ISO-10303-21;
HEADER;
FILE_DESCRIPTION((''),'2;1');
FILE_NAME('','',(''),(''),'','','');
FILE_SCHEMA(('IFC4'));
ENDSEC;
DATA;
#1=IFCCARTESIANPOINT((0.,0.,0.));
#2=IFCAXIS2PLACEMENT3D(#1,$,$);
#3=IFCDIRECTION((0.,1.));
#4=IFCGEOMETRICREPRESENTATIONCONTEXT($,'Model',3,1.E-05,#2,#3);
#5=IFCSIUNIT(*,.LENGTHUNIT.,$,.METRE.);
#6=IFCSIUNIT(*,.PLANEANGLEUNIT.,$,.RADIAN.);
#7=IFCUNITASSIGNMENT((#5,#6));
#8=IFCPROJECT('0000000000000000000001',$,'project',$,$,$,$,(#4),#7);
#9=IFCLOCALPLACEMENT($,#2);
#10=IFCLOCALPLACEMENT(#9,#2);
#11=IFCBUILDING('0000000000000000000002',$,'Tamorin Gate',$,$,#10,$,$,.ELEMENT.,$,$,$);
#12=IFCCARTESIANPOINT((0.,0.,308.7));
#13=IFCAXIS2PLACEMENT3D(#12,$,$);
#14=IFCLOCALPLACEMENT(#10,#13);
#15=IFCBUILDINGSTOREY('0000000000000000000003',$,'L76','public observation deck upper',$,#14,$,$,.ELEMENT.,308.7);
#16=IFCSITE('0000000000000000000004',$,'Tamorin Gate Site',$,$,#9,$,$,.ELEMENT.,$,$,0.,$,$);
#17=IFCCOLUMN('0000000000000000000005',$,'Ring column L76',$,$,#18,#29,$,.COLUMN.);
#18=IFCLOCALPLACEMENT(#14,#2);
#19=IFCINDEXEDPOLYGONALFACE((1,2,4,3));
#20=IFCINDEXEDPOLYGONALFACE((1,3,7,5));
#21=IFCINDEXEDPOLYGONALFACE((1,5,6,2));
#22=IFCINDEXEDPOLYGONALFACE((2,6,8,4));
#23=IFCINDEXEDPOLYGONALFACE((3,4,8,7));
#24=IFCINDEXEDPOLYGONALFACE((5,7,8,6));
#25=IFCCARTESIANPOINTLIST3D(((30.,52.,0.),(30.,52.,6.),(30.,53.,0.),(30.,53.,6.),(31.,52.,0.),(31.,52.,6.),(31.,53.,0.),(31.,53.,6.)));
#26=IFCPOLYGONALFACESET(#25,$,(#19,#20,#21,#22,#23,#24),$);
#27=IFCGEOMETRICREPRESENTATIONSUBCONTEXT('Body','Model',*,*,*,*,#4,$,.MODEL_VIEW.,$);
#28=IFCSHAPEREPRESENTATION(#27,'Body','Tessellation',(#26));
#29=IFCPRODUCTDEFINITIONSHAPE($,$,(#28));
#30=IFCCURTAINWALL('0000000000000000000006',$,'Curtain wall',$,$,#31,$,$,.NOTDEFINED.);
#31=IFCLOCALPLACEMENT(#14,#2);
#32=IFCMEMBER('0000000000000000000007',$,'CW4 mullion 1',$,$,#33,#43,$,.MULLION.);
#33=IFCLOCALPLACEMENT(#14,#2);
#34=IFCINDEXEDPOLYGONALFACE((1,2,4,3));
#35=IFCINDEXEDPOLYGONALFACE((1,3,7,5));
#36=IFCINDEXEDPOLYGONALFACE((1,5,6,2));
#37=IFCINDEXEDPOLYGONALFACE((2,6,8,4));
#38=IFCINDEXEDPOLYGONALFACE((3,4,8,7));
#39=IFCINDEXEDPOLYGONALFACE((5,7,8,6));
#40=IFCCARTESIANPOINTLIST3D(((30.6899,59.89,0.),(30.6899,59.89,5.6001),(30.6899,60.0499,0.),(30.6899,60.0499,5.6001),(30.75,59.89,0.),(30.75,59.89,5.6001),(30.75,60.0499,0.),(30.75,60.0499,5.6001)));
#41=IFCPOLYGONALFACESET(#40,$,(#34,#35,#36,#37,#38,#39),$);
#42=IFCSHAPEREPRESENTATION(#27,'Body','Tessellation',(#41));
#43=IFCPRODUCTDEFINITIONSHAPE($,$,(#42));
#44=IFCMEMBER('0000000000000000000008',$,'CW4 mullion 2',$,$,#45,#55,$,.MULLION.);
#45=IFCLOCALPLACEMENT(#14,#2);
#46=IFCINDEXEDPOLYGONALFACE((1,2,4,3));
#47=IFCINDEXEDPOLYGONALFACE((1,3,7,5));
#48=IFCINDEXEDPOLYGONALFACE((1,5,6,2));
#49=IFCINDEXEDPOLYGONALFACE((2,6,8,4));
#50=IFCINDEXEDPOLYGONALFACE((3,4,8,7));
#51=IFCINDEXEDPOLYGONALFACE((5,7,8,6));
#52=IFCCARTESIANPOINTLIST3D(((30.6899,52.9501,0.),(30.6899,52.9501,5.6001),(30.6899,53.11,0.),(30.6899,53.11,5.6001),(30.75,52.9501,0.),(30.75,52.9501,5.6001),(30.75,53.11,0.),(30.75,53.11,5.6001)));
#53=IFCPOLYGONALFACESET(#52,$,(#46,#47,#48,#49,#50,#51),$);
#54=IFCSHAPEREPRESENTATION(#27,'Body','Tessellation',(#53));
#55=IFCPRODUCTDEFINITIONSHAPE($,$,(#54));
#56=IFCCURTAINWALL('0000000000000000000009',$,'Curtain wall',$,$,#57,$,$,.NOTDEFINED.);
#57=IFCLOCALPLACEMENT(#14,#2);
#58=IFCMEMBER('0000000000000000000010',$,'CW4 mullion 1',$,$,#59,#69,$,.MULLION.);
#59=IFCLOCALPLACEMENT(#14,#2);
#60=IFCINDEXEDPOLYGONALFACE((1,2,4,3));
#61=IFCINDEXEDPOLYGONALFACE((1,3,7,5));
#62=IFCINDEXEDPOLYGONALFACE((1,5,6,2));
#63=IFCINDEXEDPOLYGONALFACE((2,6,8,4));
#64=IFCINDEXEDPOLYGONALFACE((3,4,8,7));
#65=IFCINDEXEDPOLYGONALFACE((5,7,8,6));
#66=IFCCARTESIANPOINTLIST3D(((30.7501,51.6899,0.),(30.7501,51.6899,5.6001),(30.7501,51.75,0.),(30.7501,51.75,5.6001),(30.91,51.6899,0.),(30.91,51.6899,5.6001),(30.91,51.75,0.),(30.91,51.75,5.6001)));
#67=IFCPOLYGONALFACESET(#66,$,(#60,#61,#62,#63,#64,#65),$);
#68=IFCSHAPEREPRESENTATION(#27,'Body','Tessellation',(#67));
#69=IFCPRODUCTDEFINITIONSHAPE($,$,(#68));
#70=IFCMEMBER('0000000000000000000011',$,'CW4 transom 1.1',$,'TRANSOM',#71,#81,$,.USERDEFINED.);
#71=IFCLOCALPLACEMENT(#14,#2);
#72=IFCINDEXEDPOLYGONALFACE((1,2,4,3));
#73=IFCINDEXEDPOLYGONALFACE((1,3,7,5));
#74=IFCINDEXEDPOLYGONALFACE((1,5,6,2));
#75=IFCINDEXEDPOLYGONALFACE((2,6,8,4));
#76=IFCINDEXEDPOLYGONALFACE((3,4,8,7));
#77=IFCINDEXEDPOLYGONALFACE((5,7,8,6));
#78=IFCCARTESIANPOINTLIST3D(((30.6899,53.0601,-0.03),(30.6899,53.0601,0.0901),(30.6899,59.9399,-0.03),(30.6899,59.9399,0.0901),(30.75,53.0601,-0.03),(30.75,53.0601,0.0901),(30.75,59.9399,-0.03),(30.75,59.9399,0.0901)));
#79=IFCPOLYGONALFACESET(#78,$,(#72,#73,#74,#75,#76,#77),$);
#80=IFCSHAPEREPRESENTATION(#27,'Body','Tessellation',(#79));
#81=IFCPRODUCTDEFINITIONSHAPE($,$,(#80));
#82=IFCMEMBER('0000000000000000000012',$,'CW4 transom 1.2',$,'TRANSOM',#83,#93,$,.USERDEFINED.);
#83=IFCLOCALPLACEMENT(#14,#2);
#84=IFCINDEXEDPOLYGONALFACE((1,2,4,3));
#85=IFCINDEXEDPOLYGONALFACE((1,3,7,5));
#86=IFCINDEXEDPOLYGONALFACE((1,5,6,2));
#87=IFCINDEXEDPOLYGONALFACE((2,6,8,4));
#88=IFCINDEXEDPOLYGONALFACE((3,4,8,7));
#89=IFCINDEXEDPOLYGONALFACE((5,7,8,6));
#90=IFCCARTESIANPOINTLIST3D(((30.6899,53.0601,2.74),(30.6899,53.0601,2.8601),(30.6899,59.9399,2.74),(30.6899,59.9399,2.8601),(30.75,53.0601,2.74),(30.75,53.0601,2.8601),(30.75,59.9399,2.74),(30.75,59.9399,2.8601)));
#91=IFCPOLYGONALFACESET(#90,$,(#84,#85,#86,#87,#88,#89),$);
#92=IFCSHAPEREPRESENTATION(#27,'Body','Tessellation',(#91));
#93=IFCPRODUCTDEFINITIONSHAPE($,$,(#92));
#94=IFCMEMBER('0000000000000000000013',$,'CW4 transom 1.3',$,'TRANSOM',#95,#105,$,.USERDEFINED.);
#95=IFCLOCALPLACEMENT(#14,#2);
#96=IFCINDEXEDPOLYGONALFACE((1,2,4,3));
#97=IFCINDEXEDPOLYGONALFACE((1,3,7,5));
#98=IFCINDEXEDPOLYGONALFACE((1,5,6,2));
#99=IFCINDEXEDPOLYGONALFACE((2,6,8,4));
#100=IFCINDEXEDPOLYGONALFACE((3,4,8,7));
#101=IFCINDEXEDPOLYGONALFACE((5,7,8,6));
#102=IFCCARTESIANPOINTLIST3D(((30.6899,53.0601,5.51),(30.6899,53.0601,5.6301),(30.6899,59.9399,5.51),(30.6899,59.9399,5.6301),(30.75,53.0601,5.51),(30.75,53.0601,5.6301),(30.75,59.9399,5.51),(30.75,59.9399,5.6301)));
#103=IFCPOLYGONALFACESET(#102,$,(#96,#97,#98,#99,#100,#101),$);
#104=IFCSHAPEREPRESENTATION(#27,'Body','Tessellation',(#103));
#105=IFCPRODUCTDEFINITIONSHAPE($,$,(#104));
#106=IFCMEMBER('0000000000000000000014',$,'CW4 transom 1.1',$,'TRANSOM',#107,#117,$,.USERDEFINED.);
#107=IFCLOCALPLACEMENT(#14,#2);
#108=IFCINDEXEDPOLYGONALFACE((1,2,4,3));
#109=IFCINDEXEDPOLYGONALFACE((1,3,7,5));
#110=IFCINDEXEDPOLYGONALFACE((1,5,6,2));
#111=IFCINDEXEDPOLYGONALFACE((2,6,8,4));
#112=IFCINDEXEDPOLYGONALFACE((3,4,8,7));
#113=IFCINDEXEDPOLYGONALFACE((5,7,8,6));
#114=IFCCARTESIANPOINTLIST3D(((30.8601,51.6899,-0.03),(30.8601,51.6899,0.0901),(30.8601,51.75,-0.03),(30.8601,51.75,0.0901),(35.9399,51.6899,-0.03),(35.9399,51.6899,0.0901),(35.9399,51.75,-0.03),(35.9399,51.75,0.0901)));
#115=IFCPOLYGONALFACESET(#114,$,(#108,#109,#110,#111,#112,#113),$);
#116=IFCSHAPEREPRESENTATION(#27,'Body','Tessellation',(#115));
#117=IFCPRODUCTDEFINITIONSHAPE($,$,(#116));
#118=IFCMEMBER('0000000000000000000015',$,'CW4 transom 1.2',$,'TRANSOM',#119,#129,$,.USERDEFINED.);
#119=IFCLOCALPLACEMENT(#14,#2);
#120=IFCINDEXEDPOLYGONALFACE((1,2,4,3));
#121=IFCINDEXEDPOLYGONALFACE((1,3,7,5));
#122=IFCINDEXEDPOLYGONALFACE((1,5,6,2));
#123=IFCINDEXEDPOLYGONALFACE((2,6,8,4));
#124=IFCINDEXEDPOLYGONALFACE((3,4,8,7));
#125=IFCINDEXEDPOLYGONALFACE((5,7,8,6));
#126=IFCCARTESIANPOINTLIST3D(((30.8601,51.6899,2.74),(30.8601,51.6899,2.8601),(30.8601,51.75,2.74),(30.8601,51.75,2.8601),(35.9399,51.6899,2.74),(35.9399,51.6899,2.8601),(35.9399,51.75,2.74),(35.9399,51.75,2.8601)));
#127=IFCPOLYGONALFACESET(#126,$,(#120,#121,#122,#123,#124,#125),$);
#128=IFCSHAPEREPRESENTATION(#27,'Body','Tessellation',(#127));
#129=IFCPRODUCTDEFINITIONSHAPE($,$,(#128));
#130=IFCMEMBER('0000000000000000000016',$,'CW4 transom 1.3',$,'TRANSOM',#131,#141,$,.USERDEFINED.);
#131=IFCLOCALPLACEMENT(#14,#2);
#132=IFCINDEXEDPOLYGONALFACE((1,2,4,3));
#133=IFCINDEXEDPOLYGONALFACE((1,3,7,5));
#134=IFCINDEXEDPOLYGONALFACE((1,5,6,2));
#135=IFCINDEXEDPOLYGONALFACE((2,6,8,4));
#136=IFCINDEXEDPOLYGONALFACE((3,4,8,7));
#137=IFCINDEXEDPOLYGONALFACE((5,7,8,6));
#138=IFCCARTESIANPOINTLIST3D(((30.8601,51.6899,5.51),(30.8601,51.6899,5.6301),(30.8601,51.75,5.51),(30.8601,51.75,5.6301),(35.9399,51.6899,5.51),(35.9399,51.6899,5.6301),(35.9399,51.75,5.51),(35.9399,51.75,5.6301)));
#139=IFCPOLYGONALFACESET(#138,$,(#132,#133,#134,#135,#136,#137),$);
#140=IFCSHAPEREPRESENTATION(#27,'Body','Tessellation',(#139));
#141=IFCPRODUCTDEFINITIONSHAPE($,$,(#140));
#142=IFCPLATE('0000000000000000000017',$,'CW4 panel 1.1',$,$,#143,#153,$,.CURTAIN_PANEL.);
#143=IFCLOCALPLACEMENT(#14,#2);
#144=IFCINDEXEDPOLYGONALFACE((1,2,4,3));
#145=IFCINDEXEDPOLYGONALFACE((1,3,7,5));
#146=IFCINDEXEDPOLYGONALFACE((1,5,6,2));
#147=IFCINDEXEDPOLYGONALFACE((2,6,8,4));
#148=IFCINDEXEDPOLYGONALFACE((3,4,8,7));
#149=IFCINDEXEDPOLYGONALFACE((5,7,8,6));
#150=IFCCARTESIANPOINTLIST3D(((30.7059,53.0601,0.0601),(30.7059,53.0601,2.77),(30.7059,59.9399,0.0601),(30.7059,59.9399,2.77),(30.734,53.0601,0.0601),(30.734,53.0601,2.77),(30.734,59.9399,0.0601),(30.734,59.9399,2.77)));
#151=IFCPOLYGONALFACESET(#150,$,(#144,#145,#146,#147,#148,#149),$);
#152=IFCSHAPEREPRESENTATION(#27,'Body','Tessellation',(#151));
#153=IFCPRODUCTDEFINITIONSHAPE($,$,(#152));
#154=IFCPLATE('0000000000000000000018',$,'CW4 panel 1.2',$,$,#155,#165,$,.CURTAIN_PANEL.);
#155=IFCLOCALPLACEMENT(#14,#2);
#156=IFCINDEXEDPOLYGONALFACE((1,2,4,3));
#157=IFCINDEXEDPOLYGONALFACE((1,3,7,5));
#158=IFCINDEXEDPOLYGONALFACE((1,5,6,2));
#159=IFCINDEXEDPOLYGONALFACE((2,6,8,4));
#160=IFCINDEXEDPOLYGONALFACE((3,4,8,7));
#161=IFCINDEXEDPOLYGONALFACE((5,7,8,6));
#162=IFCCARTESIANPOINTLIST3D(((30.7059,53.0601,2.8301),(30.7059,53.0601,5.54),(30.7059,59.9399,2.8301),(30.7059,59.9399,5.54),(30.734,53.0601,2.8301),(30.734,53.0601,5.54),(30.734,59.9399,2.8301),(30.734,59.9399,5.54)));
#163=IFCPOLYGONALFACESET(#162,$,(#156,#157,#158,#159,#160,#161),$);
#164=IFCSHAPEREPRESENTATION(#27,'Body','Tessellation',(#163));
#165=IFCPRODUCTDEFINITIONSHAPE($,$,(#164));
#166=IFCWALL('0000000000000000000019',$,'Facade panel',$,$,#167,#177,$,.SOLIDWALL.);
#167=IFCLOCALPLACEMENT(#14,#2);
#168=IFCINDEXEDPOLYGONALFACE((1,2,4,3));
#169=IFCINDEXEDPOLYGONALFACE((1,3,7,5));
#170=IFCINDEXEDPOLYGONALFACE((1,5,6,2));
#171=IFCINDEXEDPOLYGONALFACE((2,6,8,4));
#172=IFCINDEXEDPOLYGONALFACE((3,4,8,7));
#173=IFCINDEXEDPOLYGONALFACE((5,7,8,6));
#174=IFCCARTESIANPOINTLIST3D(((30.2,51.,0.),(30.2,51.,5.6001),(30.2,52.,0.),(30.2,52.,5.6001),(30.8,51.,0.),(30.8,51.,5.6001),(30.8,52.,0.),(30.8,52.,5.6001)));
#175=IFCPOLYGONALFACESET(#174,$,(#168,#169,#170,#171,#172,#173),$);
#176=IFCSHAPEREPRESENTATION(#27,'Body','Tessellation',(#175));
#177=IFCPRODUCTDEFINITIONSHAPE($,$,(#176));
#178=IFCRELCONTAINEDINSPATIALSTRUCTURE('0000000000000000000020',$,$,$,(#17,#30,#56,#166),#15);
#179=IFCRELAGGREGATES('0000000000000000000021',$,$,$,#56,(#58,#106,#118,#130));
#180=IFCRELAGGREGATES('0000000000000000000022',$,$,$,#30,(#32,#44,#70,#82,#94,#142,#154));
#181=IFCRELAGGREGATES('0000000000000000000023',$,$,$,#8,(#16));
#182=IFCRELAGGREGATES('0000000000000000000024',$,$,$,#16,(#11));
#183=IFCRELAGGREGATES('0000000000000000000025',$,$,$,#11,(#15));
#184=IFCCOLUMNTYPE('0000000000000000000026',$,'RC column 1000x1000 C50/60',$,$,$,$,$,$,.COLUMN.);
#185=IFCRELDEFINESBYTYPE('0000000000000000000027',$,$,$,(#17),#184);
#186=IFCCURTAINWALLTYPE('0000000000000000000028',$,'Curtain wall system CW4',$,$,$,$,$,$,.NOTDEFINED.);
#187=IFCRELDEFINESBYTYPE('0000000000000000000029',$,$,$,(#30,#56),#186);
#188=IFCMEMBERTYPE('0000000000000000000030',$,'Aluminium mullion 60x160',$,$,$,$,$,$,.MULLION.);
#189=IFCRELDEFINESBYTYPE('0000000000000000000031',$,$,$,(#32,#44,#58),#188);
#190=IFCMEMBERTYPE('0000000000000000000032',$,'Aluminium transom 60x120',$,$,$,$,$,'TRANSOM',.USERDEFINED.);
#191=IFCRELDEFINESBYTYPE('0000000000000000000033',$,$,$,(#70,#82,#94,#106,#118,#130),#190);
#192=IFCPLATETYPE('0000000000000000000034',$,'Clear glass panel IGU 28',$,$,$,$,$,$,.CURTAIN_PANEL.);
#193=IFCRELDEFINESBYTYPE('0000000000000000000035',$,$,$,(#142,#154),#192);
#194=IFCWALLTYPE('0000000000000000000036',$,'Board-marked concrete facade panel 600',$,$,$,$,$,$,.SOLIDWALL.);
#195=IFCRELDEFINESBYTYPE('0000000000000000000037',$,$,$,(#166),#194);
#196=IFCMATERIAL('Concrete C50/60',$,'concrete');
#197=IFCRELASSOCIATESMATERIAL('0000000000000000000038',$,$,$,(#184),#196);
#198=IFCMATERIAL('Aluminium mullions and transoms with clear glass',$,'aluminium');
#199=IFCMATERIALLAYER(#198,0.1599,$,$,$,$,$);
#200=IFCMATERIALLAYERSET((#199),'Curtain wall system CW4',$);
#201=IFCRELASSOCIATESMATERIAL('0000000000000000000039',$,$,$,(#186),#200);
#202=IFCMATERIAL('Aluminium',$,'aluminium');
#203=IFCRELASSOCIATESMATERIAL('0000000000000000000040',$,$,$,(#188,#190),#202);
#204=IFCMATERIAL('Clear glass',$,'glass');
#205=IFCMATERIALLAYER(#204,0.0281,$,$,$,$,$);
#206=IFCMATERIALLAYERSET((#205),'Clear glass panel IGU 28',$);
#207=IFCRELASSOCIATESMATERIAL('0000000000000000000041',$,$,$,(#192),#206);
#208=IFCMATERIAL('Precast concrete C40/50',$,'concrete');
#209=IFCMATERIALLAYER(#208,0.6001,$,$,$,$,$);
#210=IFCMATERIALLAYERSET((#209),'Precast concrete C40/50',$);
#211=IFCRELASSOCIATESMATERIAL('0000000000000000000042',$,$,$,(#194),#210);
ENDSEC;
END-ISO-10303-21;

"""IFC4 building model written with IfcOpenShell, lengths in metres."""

from ifc_helpers import new_model, si_unit, direction, frame, frame_2d, origin, origin_2d, place, context, subcontext, project, spatial, rectangle, extrude, material, layer, layer_set, material_profile, profile_set, type_object, element, aggregate, save


model = new_model("IFC4")

# Units and contexts
model_context = context("Model", 3, precision=1e-05, world=origin(), true_north=direction((0.0, 1.0)))
body_context = subcontext(model_context, "Body", "Model", "MODEL_VIEW")
ifc_project = project(units=[si_unit("LENGTHUNIT", "METRE"), si_unit("PLANEANGLEUNIT", "RADIAN")], contexts=[model_context])

# Site, building, storey
site_placement = place(None, origin())
site = spatial("IfcSite", under=ifc_project, at=site_placement, Name="Tamorin Gate Site", CompositionType="ELEMENT", RefElevation=0.0)
building_placement = place(site_placement, origin())
building = spatial("IfcBuilding", under=site, at=building_placement, Name="Tamorin Gate", CompositionType="ELEMENT")
storey_placement = place(building_placement, frame((0.0, 0.0, 308.7)))
storey = spatial("IfcBuildingStorey", under=building, at=storey_placement, Name="L76", Description="public observation deck upper", CompositionType="ELEMENT", Elevation=308.7)

# Column
ifc_material_1 = material(Name="Concrete C50/60", Category="concrete")
ifc_material_profile_1 = material_profile(ifc_material_1, rectangle(XDim=1.0, YDim=1.0, at=origin_2d()), Name="RC 1000x1000")
ifc_profile_set_1 = profile_set([ifc_material_profile_1], Name="Concrete C50/60")
column_type = type_object("IfcColumnType", Name="RC column 1000x1000 C50/60", PredefinedType="COLUMN", material=ifc_profile_set_1)
column_placement = place(storey_placement, frame((30.5, 52.5, 0.0), z_axis=(0.0, 0.0, 1.0), x_axis=(1.0, 0.0, 0.0)))
element("IfcColumn", 1, at=column_placement, inside=storey, type_object=column_type, Name="Ring column L76", PredefinedType="COLUMN", context=body_context, shape_type="SweptSolid", body=[
    extrude(rectangle(XDim=1.0, YDim=1.0, at=origin_2d()), origin(), (0.0, 0.0, 1.0), 6.0),
])

# Curtain wall, members
ifc_material_2 = material(Name="Aluminium mullions and transoms with clear glass", Category="aluminium")
ifc_layer_1 = layer(ifc_material_2, 0.1599)
ifc_layer_set_1 = layer_set([ifc_layer_1], Name="Curtain wall system CW4")
curtain_wall_type = type_object("IfcCurtainWallType", Name="Curtain wall system CW4", PredefinedType="NOTDEFINED", material=ifc_layer_set_1)
curtain_wall_1_placement = place(storey_placement, origin())
curtain_wall_1 = element("IfcCurtainWall", 2, at=curtain_wall_1_placement, inside=storey, type_object=curtain_wall_type, Name="Curtain wall", PredefinedType="NOTDEFINED")
ifc_material_3 = material(Name="Aluminium", Category="aluminium")
ifc_material_profile_2 = material_profile(ifc_material_3, rectangle(XDim=0.0601, YDim=0.1599, at=origin_2d()), Name="RECT 60x160")
ifc_profile_set_2 = profile_set([ifc_material_profile_2], Name="Aluminium")
member_type_1 = type_object("IfcMemberType", Name="Aluminium mullion 60x160", PredefinedType="MULLION", material=ifc_profile_set_2)
member_1_placement = place(storey_placement, frame((30.72, 59.97, 0.0), z_axis=(0.0, 0.0, 1.0), x_axis=(1.0, 0.0, 0.0)))
member_1 = element("IfcMember", 3, at=member_1_placement, type_object=member_type_1, Name="CW4 mullion 1", PredefinedType="MULLION", context=body_context, shape_type="SweptSolid", body=[
    extrude(rectangle(XDim=0.0601, YDim=0.1599, at=origin_2d()), origin(), (0.0, 0.0, 1.0), 5.6001),
])
member_2_placement = place(storey_placement, frame((30.72, 53.03, 0.0), z_axis=(0.0, 0.0, 1.0), x_axis=(1.0, 0.0, 0.0)))
member_2 = element("IfcMember", 4, at=member_2_placement, type_object=member_type_1, Name="CW4 mullion 2", PredefinedType="MULLION", context=body_context, shape_type="SweptSolid", body=[
    extrude(rectangle(XDim=0.0601, YDim=0.1599, at=origin_2d()), origin(), (0.0, 0.0, 1.0), 5.6001),
])

# Curtain wall, member
curtain_wall_2_placement = place(storey_placement, origin())
curtain_wall_2 = element("IfcCurtainWall", 5, at=curtain_wall_2_placement, inside=storey, type_object=curtain_wall_type, Name="Curtain wall", PredefinedType="NOTDEFINED")
member_3_placement = place(storey_placement, frame((30.8301, 51.72, 0.0), z_axis=(0.0, 0.0, 1.0), x_axis=(0.0, 1.0, 0.0)))
member_3 = element("IfcMember", 6, at=member_3_placement, type_object=member_type_1, Name="CW4 mullion 1", PredefinedType="MULLION", context=body_context, shape_type="SweptSolid", body=[
    extrude(rectangle(XDim=0.0601, YDim=0.1599, at=origin_2d()), origin(), (0.0, 0.0, 1.0), 5.6001),
])

# Members
ifc_material_profile_3 = material_profile(ifc_material_3, rectangle(XDim=0.0601, YDim=0.1201, at=origin_2d()), Name="RECT 60x120")
ifc_profile_set_3 = profile_set([ifc_material_profile_3], Name="Aluminium")
member_type_2 = type_object("IfcMemberType", Name="Aluminium transom 60x120", ElementType="TRANSOM", PredefinedType="USERDEFINED", material=ifc_profile_set_3)
member_4_placement = place(storey_placement, frame((30.72, 59.9399, 0.03), z_axis=(0.0, -1.0, 0.0), x_axis=(1.0, 0.0, 0.0)))
member_4 = element("IfcMember", 7, at=member_4_placement, type_object=member_type_2, Name="CW4 transom 1.1", ObjectType="TRANSOM", PredefinedType="USERDEFINED", context=body_context, shape_type="SweptSolid", body=[
    extrude(rectangle(XDim=0.0601, YDim=0.1201, at=origin_2d()), origin(), (0.0, 0.0, 1.0), 6.8799),
])
member_5_placement = place(storey_placement, frame((30.72, 59.9399, 2.8), z_axis=(0.0, -1.0, 0.0), x_axis=(1.0, 0.0, 0.0)))
member_5 = element("IfcMember", 8, at=member_5_placement, type_object=member_type_2, Name="CW4 transom 1.2", ObjectType="TRANSOM", PredefinedType="USERDEFINED", context=body_context, shape_type="SweptSolid", body=[
    extrude(rectangle(XDim=0.0601, YDim=0.1201, at=origin_2d()), origin(), (0.0, 0.0, 1.0), 6.8799),
])
member_6_placement = place(storey_placement, frame((30.72, 59.9399, 5.5701), z_axis=(0.0, -1.0, 0.0), x_axis=(1.0, 0.0, 0.0)))
member_6 = element("IfcMember", 9, at=member_6_placement, type_object=member_type_2, Name="CW4 transom 1.3", ObjectType="TRANSOM", PredefinedType="USERDEFINED", context=body_context, shape_type="SweptSolid", body=[
    extrude(rectangle(XDim=0.0601, YDim=0.1201, at=origin_2d()), origin(), (0.0, 0.0, 1.0), 6.8799),
])
member_7_placement = place(storey_placement, frame((30.8601, 51.72, 0.03), z_axis=(1.0, 0.0, 0.0), x_axis=(0.0, 1.0, 0.0)))
member_7 = element("IfcMember", 10, at=member_7_placement, type_object=member_type_2, Name="CW4 transom 1.1", ObjectType="TRANSOM", PredefinedType="USERDEFINED", context=body_context, shape_type="SweptSolid", body=[
    extrude(rectangle(XDim=0.0601, YDim=0.1201, at=origin_2d()), origin(), (0.0, 0.0, 1.0), 5.0798),
])
member_8_placement = place(storey_placement, frame((30.8601, 51.72, 2.8), z_axis=(1.0, 0.0, 0.0), x_axis=(0.0, 1.0, 0.0)))
member_8 = element("IfcMember", 11, at=member_8_placement, type_object=member_type_2, Name="CW4 transom 1.2", ObjectType="TRANSOM", PredefinedType="USERDEFINED", context=body_context, shape_type="SweptSolid", body=[
    extrude(rectangle(XDim=0.0601, YDim=0.1201, at=origin_2d()), origin(), (0.0, 0.0, 1.0), 5.0798),
])
member_9_placement = place(storey_placement, frame((30.8601, 51.72, 5.5701), z_axis=(1.0, 0.0, 0.0), x_axis=(0.0, 1.0, 0.0)))
member_9 = element("IfcMember", 12, at=member_9_placement, type_object=member_type_2, Name="CW4 transom 1.3", ObjectType="TRANSOM", PredefinedType="USERDEFINED", context=body_context, shape_type="SweptSolid", body=[
    extrude(rectangle(XDim=0.0601, YDim=0.1201, at=origin_2d()), origin(), (0.0, 0.0, 1.0), 5.0798),
])
aggregate(curtain_wall_2, [member_3, member_7, member_8, member_9])

# Plates
ifc_material_4 = material(Name="Clear glass", Category="glass")
ifc_layer_2 = layer(ifc_material_4, 0.0281)
ifc_layer_set_2 = layer_set([ifc_layer_2], Name="Clear glass panel IGU 28")
plate_type = type_object("IfcPlateType", Name="Clear glass panel IGU 28", PredefinedType="CURTAIN_PANEL", material=ifc_layer_set_2)
plate_1_placement = place(storey_placement, frame((30.72, 56.5, 0.0601), z_axis=(0.0, 0.0, 1.0), x_axis=(0.0, -1.0, 0.0)))
plate_1 = element("IfcPlate", 13, at=plate_1_placement, type_object=plate_type, Name="CW4 panel 1.1", PredefinedType="CURTAIN_PANEL", context=body_context, shape_type="SweptSolid", body=[
    extrude(rectangle(XDim=6.8799, YDim=0.0281, at=origin_2d()), origin(), (0.0, 0.0, 1.0), 2.71),
])
plate_2_placement = place(storey_placement, frame((30.72, 56.5, 2.8301), z_axis=(0.0, 0.0, 1.0), x_axis=(0.0, -1.0, 0.0)))
plate_2 = element("IfcPlate", 14, at=plate_2_placement, type_object=plate_type, Name="CW4 panel 1.2", PredefinedType="CURTAIN_PANEL", context=body_context, shape_type="SweptSolid", body=[
    extrude(rectangle(XDim=6.8799, YDim=0.0281, at=origin_2d()), origin(), (0.0, 0.0, 1.0), 2.71),
])
aggregate(curtain_wall_1, [member_1, member_2, member_4, member_5, member_6, plate_1, plate_2])

# Wall
ifc_material_5 = material(Name="Precast concrete C40/50", Category="concrete")
ifc_layer_3 = layer(ifc_material_5, 0.6001)
ifc_layer_set_3 = layer_set([ifc_layer_3], Name="Precast concrete C40/50")
wall_type_1 = type_object("IfcWallType", Name="Board-marked concrete facade panel 600", PredefinedType="SOLIDWALL", material=ifc_layer_set_3)
wall_1_placement = place(storey_placement, frame((30.5, 52.0, 0.0), z_axis=(0.0, 0.0, 1.0), x_axis=(0.0, -1.0, 0.0)))
element("IfcWall", 15, at=wall_1_placement, inside=storey, type_object=wall_type_1, Name="Facade panel", PredefinedType="SOLIDWALL", context=body_context, shape_type="SweptSolid", body=[
    extrude(rectangle(XDim=1.0, YDim=0.6001, at=frame_2d((0.5, 0.0))), origin(), (0.0, 0.0, 1.0), 5.6001),
])

save(model, "model.ifc")
